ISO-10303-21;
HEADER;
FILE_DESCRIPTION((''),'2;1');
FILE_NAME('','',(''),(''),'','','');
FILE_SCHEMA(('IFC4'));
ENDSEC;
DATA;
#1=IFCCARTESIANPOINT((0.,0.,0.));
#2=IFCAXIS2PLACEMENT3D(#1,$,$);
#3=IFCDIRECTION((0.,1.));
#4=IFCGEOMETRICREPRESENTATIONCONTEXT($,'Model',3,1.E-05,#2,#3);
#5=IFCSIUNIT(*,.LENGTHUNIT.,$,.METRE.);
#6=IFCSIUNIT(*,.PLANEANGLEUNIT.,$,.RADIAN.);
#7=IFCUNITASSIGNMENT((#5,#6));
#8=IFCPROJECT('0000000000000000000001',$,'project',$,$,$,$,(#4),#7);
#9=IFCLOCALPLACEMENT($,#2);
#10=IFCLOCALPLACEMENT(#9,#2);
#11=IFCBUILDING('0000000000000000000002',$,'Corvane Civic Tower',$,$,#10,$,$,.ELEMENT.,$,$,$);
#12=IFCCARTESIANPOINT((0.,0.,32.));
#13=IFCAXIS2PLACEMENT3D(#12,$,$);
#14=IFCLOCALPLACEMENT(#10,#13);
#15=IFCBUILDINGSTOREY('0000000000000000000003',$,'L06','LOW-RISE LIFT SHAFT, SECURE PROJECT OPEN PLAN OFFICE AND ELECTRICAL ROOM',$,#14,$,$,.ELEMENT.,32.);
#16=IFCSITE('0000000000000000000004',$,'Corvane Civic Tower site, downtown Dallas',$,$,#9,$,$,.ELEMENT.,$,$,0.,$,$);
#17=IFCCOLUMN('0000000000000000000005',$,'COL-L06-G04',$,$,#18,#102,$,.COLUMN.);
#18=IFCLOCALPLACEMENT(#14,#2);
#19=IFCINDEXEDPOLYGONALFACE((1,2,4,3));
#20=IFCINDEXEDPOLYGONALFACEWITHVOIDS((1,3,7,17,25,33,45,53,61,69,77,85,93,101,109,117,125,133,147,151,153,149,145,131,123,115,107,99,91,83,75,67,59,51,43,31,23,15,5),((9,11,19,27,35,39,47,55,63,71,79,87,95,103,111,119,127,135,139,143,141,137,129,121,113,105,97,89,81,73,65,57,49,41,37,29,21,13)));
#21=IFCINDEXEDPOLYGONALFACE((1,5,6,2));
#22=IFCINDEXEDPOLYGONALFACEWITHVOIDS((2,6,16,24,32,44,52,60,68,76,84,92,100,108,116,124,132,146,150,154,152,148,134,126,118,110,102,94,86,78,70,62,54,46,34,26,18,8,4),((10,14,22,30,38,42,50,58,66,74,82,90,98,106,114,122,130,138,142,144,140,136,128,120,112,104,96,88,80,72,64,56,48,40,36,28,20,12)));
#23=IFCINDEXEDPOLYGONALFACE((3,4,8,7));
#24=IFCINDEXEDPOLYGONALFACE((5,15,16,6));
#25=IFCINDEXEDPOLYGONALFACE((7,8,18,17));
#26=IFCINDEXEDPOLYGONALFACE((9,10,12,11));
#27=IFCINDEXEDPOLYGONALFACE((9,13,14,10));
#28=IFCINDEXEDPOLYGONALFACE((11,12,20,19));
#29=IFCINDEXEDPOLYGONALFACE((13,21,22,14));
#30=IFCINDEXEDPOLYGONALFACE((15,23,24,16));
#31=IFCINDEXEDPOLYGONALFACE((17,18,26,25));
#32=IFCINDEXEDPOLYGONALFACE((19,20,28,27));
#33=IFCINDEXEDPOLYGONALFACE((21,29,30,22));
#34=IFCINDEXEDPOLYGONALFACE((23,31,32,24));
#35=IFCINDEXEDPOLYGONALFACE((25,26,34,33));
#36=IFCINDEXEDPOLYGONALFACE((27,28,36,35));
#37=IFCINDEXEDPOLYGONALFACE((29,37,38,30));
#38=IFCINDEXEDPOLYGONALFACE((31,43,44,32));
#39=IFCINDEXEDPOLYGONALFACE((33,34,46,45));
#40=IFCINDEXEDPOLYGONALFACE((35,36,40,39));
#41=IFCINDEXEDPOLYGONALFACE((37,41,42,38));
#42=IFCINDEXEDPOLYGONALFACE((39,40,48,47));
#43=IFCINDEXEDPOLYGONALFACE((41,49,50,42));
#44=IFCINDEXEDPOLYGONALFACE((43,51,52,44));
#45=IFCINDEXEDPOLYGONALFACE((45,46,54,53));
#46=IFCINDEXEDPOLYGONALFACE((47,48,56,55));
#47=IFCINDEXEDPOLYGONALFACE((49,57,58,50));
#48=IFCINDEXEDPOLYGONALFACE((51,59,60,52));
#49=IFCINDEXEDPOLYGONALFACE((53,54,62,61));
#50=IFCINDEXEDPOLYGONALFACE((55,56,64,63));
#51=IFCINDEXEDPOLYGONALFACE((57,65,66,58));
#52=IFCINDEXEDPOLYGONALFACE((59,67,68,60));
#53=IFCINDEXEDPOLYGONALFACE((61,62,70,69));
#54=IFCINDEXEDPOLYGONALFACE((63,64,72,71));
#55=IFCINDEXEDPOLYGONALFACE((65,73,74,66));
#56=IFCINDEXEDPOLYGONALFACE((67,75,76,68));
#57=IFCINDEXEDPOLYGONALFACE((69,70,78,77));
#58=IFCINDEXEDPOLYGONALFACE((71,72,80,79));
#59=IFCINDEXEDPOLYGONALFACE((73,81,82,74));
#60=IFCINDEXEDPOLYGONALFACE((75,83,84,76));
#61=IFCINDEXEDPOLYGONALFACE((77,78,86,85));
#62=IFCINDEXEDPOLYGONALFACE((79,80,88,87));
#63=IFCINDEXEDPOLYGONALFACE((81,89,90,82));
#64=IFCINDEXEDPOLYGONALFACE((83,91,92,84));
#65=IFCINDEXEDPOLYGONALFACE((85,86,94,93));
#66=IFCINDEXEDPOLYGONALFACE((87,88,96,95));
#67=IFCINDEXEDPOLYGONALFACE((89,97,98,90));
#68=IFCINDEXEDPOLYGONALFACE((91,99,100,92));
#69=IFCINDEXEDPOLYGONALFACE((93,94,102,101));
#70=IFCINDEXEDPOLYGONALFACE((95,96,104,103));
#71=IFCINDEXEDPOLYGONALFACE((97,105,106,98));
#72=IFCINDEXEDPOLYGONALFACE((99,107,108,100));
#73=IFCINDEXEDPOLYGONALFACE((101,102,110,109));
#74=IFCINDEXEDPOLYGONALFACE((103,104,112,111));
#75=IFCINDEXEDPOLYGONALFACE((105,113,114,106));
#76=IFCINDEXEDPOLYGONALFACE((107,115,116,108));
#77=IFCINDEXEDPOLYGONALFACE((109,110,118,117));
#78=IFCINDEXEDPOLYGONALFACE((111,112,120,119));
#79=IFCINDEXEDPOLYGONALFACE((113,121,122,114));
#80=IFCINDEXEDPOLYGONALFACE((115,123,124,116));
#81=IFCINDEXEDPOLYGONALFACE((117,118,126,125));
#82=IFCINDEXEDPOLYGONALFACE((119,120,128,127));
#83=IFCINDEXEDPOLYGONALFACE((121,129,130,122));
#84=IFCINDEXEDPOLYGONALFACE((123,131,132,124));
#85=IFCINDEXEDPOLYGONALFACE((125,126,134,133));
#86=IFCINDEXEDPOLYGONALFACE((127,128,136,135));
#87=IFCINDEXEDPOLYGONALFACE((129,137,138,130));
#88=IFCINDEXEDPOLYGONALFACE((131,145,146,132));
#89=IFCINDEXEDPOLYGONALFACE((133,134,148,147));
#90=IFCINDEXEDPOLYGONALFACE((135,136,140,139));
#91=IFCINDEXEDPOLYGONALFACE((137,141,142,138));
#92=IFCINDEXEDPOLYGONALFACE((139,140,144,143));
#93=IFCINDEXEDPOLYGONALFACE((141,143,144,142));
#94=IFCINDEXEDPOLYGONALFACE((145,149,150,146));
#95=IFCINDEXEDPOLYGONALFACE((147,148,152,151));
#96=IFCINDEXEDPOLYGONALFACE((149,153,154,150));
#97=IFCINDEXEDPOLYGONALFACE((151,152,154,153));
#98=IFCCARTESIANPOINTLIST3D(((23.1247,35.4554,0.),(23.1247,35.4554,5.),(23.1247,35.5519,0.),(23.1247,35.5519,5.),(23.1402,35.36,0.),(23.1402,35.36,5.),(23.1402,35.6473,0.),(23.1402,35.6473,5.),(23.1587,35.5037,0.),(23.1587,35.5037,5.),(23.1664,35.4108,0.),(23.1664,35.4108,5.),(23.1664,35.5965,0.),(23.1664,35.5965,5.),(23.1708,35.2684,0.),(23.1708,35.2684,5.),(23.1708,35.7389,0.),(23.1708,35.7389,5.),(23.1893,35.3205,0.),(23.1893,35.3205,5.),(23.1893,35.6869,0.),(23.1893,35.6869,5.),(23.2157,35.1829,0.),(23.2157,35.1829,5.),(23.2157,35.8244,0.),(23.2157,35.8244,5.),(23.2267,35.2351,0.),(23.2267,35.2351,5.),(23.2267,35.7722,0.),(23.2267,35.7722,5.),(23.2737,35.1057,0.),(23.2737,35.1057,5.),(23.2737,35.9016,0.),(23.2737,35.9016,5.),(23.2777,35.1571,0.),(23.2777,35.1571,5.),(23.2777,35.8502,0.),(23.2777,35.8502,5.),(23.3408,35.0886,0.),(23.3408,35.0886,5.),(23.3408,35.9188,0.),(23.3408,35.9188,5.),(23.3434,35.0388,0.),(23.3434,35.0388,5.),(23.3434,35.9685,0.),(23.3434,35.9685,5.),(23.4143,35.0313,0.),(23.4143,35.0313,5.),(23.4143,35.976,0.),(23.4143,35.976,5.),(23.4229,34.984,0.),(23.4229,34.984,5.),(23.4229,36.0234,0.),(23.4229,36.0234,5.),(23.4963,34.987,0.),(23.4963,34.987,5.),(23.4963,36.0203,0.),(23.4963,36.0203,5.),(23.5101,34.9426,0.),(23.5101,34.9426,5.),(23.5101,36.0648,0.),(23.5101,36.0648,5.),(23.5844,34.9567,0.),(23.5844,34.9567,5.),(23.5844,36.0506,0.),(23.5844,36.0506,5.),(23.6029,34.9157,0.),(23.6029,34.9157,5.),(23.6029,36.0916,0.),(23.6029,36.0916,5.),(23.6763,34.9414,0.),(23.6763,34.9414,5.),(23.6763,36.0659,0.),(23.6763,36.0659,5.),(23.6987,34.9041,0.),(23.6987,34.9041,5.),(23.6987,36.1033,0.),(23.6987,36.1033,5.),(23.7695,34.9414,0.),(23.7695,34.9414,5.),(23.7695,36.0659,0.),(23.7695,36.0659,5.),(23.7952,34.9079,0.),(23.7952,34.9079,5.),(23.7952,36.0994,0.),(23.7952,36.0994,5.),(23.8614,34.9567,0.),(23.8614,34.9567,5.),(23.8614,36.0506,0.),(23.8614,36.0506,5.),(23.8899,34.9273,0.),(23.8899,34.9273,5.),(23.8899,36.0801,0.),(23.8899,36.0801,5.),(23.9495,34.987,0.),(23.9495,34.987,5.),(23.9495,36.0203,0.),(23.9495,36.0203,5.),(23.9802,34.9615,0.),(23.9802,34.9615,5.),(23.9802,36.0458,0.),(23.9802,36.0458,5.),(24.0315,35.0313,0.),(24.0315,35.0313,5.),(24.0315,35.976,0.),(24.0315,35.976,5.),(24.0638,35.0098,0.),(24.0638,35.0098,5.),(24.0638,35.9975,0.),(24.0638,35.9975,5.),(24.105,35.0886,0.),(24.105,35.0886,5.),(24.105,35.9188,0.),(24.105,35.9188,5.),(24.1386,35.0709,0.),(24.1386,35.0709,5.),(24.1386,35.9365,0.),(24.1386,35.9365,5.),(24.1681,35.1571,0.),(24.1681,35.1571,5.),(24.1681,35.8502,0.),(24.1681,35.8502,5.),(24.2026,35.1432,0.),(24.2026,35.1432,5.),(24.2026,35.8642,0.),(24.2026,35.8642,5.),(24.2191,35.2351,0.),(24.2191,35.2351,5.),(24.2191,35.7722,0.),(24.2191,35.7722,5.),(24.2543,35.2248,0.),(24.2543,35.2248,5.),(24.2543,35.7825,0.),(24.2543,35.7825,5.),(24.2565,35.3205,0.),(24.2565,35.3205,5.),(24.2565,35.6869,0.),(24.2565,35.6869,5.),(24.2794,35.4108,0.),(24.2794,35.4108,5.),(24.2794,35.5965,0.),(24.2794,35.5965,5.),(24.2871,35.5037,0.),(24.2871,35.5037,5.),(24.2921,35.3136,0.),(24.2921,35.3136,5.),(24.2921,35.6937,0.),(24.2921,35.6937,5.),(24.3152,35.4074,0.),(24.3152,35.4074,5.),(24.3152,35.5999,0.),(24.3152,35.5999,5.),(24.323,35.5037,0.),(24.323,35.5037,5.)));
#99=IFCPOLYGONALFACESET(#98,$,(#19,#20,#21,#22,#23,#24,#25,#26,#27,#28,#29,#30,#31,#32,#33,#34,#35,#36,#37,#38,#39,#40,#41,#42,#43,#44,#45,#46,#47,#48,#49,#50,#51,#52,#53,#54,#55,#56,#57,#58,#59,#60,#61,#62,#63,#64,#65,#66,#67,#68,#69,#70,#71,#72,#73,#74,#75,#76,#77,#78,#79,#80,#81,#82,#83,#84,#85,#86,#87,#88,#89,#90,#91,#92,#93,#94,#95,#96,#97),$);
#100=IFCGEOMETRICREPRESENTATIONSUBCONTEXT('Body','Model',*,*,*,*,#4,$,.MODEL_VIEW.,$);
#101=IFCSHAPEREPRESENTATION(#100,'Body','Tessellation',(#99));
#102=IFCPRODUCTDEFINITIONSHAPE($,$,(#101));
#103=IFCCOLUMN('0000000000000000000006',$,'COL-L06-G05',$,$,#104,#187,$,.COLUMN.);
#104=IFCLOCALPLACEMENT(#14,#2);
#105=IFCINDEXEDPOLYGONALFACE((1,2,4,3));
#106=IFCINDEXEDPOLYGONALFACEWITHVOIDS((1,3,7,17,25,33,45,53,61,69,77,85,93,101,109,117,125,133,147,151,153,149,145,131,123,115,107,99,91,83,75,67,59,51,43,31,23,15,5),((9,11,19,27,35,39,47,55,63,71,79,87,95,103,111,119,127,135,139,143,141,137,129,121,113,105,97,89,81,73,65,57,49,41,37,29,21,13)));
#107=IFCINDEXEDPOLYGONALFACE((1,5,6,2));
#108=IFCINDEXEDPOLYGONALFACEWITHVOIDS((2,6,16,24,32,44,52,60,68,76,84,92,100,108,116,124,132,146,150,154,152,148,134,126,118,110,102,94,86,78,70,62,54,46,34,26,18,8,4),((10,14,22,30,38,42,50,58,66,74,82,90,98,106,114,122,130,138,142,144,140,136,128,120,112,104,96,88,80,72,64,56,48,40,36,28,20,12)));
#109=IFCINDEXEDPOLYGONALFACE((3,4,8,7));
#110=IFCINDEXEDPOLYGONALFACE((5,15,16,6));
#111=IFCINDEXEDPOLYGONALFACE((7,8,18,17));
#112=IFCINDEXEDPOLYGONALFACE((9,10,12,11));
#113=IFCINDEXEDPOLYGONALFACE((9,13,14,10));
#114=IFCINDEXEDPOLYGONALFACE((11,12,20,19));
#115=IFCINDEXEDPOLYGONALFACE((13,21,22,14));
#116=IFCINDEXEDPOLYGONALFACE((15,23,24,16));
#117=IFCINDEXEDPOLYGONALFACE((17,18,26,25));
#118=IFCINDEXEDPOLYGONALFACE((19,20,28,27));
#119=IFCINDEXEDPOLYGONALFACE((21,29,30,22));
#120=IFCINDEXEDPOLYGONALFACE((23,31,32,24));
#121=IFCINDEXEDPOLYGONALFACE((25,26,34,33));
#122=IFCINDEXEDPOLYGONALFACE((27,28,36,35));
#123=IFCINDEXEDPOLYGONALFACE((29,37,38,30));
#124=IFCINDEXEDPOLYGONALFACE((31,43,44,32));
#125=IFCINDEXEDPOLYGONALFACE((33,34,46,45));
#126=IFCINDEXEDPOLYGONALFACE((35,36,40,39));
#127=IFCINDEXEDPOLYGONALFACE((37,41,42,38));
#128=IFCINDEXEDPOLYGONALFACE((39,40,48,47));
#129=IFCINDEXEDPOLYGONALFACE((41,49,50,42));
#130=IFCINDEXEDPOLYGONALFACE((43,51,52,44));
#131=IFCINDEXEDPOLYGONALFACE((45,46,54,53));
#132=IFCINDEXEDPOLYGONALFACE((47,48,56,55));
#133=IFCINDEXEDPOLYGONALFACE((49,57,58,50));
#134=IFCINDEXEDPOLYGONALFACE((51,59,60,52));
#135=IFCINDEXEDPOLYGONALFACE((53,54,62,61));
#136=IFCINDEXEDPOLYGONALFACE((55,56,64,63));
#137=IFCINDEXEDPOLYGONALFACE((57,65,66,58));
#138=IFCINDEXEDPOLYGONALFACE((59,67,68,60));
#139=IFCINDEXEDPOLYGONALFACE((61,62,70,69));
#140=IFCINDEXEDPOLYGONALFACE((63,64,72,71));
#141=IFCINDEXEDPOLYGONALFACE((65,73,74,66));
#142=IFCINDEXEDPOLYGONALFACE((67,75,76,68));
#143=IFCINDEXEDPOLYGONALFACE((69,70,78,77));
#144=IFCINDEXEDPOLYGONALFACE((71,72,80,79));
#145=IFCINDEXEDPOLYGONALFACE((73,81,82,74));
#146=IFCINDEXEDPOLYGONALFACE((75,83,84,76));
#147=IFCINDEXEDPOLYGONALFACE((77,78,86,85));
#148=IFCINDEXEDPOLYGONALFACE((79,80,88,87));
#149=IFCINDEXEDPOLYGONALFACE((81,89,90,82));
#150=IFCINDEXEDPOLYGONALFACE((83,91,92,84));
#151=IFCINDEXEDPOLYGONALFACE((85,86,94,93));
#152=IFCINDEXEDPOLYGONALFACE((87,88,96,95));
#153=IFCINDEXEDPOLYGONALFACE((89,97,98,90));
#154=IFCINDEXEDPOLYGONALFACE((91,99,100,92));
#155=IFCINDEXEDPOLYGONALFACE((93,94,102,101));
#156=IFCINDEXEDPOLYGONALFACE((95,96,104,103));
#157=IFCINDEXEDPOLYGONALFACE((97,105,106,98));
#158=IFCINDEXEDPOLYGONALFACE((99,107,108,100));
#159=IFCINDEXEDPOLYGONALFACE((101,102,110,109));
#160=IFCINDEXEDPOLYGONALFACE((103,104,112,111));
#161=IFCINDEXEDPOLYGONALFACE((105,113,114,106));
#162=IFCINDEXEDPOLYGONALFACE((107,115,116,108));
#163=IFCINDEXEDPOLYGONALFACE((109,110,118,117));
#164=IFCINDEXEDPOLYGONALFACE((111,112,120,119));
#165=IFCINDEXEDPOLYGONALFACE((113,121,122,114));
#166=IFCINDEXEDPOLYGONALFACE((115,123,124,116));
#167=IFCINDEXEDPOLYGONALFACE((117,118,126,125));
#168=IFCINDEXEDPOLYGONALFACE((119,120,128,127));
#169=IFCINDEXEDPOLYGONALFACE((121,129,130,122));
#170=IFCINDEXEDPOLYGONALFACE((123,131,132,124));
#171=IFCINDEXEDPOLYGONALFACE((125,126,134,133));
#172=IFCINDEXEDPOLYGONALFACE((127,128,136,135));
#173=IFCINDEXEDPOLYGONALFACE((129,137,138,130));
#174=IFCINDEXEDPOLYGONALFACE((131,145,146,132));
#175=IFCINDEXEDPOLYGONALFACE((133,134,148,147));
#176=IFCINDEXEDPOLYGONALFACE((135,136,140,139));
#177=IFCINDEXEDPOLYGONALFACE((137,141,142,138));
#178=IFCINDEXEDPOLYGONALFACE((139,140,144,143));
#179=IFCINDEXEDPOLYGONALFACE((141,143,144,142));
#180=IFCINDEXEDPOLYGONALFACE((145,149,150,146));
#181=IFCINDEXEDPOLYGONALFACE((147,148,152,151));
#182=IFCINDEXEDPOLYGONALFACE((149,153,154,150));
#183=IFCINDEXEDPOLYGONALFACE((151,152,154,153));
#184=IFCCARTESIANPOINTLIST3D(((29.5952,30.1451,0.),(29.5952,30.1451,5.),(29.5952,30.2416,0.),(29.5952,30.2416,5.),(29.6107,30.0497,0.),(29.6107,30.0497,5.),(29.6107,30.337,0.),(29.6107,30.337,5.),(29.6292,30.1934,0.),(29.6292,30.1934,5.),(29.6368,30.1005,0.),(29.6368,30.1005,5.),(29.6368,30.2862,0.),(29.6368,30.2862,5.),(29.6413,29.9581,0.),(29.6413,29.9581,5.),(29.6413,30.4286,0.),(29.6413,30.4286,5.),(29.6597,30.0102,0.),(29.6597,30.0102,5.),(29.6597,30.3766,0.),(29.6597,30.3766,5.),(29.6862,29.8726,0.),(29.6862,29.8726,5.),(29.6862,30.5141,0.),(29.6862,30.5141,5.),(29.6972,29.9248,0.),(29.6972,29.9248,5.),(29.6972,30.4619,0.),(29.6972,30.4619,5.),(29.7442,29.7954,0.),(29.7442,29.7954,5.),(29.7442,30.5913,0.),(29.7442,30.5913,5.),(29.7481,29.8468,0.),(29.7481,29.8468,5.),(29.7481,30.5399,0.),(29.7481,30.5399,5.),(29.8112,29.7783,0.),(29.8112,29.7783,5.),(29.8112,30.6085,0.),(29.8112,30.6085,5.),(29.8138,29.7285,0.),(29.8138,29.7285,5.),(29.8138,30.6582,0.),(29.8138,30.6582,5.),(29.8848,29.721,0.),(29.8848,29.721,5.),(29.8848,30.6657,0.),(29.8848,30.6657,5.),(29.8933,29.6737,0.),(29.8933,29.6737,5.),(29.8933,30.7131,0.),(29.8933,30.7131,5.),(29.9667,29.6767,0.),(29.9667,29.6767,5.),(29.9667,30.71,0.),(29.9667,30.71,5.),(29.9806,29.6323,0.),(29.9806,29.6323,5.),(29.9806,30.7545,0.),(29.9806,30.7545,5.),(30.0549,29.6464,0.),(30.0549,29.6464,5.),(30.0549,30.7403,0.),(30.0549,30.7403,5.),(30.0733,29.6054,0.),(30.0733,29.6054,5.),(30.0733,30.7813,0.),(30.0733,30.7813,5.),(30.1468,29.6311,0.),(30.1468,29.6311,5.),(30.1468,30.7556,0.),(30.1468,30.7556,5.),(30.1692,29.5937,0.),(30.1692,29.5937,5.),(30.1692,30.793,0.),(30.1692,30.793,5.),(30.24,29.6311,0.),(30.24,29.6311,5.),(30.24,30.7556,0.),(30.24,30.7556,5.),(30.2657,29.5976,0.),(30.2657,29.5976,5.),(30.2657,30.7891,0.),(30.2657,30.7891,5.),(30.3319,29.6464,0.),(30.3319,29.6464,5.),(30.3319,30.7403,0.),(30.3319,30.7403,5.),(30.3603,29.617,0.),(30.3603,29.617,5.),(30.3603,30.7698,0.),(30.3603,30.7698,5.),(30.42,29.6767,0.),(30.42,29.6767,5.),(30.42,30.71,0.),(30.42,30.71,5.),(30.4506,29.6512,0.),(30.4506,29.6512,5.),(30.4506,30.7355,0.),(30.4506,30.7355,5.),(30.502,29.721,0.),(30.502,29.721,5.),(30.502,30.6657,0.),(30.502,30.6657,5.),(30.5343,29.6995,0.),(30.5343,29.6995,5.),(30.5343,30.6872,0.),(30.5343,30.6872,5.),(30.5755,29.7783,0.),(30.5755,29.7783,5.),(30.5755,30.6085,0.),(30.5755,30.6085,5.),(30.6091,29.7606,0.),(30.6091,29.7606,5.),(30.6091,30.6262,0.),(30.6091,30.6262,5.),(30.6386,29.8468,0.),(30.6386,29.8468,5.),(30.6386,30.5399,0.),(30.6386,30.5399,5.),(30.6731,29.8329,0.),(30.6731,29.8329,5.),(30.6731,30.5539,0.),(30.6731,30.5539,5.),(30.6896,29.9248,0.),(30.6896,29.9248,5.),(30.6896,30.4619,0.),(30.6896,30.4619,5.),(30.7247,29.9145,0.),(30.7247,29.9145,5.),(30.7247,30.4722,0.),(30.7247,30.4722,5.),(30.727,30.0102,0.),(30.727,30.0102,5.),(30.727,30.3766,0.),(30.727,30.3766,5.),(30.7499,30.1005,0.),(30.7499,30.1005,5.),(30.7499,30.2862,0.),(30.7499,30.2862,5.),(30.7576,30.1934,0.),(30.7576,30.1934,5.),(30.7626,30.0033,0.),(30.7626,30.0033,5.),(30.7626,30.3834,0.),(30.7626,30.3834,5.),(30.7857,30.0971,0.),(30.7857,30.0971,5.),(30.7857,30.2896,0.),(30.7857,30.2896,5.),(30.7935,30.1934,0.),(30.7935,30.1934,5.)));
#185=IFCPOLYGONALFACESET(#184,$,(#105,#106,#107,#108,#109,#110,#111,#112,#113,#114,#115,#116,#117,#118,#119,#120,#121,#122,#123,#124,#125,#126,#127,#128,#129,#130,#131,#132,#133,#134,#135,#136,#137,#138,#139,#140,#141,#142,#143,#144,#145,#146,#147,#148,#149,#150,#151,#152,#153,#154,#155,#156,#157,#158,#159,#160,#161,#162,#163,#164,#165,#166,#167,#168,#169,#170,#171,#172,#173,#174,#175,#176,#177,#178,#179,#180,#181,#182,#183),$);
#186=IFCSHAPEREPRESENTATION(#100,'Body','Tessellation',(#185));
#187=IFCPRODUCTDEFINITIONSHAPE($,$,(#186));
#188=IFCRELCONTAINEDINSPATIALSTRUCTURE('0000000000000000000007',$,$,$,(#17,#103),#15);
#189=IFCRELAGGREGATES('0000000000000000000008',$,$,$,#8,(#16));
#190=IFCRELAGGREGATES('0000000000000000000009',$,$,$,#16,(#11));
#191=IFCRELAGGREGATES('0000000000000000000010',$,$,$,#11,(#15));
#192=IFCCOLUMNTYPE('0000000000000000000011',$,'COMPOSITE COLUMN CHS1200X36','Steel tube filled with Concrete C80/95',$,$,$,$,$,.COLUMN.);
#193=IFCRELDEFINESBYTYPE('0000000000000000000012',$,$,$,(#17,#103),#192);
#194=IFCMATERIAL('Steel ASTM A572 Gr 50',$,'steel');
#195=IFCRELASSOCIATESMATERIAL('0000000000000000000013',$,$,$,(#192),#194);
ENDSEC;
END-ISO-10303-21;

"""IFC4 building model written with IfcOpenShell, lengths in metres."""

from ifc_helpers import new_model, si_unit, direction, frame, origin, origin_2d, place, context, subcontext, project, spatial, hollow_circle, extrude, material, material_profile, profile_set, type_object, element, save


model = new_model("IFC4")

# Units and contexts
model_context = context("Model", 3, precision=1e-05, world=origin(), true_north=direction((0.0, 1.0)))
body_context = subcontext(model_context, "Body", "Model", "MODEL_VIEW")
ifc_project = project(units=[si_unit("LENGTHUNIT", "METRE"), si_unit("PLANEANGLEUNIT", "RADIAN")], contexts=[model_context])

# Site, building, storey
site_placement = place(None, origin())
site = spatial("IfcSite", under=ifc_project, at=site_placement, Name="Corvane Civic Tower site, downtown Dallas", CompositionType="ELEMENT", RefElevation=0.0)
building_placement = place(site_placement, origin())
building = spatial("IfcBuilding", under=site, at=building_placement, Name="Corvane Civic Tower", CompositionType="ELEMENT")
storey_placement = place(building_placement, frame((0.0, 0.0, 32.0)))
storey = spatial("IfcBuildingStorey", under=building, at=storey_placement, Name="L06", Description="LOW-RISE LIFT SHAFT, SECURE PROJECT OPEN PLAN OFFICE AND ELECTRICAL ROOM", CompositionType="ELEMENT", Elevation=32.0)

# Columns
ifc_material_1 = material(Name="Steel ASTM A572 Gr 50", Category="steel")
ifc_material_profile_1 = material_profile(ifc_material_1, hollow_circle(Radius=0.6001, WallThickness=0.0359, at=origin_2d()), Name="CHS1200X36")
ifc_profile_set_1 = profile_set([ifc_material_profile_1], Name="Steel ASTM A572 Gr 50")
column_type_1 = type_object("IfcColumnType", Name="COMPOSITE COLUMN CHS1200X36", Description="Steel tube filled with Concrete C80/95", PredefinedType="COLUMN", material=ifc_profile_set_1)
for number, where, z_axis, x_axis, name in (
    (1, (23.7229, 35.5037, 0.0), (0.0, 0.0, 1.0), (1.0, 0.0, 0.0), "COL-L06-G04"),
    (2, (30.1934, 30.1934, 0.0), (0.0, 0.0, 1.0), (1.0, 0.0, 0.0), "COL-L06-G05"),
):
    element("IfcColumn", number, at=place(storey_placement, frame(where, z_axis=z_axis, x_axis=x_axis)), inside=storey, type_object=column_type_1, Name=name, PredefinedType="COLUMN", context=body_context, shape_type="SweptSolid", body=[
        extrude(hollow_circle(Radius=0.6001, WallThickness=0.0359, at=origin_2d()), origin(), (0.0, 0.0, 1.0), 5.0),
    ])

save(model, "model.ifc")
